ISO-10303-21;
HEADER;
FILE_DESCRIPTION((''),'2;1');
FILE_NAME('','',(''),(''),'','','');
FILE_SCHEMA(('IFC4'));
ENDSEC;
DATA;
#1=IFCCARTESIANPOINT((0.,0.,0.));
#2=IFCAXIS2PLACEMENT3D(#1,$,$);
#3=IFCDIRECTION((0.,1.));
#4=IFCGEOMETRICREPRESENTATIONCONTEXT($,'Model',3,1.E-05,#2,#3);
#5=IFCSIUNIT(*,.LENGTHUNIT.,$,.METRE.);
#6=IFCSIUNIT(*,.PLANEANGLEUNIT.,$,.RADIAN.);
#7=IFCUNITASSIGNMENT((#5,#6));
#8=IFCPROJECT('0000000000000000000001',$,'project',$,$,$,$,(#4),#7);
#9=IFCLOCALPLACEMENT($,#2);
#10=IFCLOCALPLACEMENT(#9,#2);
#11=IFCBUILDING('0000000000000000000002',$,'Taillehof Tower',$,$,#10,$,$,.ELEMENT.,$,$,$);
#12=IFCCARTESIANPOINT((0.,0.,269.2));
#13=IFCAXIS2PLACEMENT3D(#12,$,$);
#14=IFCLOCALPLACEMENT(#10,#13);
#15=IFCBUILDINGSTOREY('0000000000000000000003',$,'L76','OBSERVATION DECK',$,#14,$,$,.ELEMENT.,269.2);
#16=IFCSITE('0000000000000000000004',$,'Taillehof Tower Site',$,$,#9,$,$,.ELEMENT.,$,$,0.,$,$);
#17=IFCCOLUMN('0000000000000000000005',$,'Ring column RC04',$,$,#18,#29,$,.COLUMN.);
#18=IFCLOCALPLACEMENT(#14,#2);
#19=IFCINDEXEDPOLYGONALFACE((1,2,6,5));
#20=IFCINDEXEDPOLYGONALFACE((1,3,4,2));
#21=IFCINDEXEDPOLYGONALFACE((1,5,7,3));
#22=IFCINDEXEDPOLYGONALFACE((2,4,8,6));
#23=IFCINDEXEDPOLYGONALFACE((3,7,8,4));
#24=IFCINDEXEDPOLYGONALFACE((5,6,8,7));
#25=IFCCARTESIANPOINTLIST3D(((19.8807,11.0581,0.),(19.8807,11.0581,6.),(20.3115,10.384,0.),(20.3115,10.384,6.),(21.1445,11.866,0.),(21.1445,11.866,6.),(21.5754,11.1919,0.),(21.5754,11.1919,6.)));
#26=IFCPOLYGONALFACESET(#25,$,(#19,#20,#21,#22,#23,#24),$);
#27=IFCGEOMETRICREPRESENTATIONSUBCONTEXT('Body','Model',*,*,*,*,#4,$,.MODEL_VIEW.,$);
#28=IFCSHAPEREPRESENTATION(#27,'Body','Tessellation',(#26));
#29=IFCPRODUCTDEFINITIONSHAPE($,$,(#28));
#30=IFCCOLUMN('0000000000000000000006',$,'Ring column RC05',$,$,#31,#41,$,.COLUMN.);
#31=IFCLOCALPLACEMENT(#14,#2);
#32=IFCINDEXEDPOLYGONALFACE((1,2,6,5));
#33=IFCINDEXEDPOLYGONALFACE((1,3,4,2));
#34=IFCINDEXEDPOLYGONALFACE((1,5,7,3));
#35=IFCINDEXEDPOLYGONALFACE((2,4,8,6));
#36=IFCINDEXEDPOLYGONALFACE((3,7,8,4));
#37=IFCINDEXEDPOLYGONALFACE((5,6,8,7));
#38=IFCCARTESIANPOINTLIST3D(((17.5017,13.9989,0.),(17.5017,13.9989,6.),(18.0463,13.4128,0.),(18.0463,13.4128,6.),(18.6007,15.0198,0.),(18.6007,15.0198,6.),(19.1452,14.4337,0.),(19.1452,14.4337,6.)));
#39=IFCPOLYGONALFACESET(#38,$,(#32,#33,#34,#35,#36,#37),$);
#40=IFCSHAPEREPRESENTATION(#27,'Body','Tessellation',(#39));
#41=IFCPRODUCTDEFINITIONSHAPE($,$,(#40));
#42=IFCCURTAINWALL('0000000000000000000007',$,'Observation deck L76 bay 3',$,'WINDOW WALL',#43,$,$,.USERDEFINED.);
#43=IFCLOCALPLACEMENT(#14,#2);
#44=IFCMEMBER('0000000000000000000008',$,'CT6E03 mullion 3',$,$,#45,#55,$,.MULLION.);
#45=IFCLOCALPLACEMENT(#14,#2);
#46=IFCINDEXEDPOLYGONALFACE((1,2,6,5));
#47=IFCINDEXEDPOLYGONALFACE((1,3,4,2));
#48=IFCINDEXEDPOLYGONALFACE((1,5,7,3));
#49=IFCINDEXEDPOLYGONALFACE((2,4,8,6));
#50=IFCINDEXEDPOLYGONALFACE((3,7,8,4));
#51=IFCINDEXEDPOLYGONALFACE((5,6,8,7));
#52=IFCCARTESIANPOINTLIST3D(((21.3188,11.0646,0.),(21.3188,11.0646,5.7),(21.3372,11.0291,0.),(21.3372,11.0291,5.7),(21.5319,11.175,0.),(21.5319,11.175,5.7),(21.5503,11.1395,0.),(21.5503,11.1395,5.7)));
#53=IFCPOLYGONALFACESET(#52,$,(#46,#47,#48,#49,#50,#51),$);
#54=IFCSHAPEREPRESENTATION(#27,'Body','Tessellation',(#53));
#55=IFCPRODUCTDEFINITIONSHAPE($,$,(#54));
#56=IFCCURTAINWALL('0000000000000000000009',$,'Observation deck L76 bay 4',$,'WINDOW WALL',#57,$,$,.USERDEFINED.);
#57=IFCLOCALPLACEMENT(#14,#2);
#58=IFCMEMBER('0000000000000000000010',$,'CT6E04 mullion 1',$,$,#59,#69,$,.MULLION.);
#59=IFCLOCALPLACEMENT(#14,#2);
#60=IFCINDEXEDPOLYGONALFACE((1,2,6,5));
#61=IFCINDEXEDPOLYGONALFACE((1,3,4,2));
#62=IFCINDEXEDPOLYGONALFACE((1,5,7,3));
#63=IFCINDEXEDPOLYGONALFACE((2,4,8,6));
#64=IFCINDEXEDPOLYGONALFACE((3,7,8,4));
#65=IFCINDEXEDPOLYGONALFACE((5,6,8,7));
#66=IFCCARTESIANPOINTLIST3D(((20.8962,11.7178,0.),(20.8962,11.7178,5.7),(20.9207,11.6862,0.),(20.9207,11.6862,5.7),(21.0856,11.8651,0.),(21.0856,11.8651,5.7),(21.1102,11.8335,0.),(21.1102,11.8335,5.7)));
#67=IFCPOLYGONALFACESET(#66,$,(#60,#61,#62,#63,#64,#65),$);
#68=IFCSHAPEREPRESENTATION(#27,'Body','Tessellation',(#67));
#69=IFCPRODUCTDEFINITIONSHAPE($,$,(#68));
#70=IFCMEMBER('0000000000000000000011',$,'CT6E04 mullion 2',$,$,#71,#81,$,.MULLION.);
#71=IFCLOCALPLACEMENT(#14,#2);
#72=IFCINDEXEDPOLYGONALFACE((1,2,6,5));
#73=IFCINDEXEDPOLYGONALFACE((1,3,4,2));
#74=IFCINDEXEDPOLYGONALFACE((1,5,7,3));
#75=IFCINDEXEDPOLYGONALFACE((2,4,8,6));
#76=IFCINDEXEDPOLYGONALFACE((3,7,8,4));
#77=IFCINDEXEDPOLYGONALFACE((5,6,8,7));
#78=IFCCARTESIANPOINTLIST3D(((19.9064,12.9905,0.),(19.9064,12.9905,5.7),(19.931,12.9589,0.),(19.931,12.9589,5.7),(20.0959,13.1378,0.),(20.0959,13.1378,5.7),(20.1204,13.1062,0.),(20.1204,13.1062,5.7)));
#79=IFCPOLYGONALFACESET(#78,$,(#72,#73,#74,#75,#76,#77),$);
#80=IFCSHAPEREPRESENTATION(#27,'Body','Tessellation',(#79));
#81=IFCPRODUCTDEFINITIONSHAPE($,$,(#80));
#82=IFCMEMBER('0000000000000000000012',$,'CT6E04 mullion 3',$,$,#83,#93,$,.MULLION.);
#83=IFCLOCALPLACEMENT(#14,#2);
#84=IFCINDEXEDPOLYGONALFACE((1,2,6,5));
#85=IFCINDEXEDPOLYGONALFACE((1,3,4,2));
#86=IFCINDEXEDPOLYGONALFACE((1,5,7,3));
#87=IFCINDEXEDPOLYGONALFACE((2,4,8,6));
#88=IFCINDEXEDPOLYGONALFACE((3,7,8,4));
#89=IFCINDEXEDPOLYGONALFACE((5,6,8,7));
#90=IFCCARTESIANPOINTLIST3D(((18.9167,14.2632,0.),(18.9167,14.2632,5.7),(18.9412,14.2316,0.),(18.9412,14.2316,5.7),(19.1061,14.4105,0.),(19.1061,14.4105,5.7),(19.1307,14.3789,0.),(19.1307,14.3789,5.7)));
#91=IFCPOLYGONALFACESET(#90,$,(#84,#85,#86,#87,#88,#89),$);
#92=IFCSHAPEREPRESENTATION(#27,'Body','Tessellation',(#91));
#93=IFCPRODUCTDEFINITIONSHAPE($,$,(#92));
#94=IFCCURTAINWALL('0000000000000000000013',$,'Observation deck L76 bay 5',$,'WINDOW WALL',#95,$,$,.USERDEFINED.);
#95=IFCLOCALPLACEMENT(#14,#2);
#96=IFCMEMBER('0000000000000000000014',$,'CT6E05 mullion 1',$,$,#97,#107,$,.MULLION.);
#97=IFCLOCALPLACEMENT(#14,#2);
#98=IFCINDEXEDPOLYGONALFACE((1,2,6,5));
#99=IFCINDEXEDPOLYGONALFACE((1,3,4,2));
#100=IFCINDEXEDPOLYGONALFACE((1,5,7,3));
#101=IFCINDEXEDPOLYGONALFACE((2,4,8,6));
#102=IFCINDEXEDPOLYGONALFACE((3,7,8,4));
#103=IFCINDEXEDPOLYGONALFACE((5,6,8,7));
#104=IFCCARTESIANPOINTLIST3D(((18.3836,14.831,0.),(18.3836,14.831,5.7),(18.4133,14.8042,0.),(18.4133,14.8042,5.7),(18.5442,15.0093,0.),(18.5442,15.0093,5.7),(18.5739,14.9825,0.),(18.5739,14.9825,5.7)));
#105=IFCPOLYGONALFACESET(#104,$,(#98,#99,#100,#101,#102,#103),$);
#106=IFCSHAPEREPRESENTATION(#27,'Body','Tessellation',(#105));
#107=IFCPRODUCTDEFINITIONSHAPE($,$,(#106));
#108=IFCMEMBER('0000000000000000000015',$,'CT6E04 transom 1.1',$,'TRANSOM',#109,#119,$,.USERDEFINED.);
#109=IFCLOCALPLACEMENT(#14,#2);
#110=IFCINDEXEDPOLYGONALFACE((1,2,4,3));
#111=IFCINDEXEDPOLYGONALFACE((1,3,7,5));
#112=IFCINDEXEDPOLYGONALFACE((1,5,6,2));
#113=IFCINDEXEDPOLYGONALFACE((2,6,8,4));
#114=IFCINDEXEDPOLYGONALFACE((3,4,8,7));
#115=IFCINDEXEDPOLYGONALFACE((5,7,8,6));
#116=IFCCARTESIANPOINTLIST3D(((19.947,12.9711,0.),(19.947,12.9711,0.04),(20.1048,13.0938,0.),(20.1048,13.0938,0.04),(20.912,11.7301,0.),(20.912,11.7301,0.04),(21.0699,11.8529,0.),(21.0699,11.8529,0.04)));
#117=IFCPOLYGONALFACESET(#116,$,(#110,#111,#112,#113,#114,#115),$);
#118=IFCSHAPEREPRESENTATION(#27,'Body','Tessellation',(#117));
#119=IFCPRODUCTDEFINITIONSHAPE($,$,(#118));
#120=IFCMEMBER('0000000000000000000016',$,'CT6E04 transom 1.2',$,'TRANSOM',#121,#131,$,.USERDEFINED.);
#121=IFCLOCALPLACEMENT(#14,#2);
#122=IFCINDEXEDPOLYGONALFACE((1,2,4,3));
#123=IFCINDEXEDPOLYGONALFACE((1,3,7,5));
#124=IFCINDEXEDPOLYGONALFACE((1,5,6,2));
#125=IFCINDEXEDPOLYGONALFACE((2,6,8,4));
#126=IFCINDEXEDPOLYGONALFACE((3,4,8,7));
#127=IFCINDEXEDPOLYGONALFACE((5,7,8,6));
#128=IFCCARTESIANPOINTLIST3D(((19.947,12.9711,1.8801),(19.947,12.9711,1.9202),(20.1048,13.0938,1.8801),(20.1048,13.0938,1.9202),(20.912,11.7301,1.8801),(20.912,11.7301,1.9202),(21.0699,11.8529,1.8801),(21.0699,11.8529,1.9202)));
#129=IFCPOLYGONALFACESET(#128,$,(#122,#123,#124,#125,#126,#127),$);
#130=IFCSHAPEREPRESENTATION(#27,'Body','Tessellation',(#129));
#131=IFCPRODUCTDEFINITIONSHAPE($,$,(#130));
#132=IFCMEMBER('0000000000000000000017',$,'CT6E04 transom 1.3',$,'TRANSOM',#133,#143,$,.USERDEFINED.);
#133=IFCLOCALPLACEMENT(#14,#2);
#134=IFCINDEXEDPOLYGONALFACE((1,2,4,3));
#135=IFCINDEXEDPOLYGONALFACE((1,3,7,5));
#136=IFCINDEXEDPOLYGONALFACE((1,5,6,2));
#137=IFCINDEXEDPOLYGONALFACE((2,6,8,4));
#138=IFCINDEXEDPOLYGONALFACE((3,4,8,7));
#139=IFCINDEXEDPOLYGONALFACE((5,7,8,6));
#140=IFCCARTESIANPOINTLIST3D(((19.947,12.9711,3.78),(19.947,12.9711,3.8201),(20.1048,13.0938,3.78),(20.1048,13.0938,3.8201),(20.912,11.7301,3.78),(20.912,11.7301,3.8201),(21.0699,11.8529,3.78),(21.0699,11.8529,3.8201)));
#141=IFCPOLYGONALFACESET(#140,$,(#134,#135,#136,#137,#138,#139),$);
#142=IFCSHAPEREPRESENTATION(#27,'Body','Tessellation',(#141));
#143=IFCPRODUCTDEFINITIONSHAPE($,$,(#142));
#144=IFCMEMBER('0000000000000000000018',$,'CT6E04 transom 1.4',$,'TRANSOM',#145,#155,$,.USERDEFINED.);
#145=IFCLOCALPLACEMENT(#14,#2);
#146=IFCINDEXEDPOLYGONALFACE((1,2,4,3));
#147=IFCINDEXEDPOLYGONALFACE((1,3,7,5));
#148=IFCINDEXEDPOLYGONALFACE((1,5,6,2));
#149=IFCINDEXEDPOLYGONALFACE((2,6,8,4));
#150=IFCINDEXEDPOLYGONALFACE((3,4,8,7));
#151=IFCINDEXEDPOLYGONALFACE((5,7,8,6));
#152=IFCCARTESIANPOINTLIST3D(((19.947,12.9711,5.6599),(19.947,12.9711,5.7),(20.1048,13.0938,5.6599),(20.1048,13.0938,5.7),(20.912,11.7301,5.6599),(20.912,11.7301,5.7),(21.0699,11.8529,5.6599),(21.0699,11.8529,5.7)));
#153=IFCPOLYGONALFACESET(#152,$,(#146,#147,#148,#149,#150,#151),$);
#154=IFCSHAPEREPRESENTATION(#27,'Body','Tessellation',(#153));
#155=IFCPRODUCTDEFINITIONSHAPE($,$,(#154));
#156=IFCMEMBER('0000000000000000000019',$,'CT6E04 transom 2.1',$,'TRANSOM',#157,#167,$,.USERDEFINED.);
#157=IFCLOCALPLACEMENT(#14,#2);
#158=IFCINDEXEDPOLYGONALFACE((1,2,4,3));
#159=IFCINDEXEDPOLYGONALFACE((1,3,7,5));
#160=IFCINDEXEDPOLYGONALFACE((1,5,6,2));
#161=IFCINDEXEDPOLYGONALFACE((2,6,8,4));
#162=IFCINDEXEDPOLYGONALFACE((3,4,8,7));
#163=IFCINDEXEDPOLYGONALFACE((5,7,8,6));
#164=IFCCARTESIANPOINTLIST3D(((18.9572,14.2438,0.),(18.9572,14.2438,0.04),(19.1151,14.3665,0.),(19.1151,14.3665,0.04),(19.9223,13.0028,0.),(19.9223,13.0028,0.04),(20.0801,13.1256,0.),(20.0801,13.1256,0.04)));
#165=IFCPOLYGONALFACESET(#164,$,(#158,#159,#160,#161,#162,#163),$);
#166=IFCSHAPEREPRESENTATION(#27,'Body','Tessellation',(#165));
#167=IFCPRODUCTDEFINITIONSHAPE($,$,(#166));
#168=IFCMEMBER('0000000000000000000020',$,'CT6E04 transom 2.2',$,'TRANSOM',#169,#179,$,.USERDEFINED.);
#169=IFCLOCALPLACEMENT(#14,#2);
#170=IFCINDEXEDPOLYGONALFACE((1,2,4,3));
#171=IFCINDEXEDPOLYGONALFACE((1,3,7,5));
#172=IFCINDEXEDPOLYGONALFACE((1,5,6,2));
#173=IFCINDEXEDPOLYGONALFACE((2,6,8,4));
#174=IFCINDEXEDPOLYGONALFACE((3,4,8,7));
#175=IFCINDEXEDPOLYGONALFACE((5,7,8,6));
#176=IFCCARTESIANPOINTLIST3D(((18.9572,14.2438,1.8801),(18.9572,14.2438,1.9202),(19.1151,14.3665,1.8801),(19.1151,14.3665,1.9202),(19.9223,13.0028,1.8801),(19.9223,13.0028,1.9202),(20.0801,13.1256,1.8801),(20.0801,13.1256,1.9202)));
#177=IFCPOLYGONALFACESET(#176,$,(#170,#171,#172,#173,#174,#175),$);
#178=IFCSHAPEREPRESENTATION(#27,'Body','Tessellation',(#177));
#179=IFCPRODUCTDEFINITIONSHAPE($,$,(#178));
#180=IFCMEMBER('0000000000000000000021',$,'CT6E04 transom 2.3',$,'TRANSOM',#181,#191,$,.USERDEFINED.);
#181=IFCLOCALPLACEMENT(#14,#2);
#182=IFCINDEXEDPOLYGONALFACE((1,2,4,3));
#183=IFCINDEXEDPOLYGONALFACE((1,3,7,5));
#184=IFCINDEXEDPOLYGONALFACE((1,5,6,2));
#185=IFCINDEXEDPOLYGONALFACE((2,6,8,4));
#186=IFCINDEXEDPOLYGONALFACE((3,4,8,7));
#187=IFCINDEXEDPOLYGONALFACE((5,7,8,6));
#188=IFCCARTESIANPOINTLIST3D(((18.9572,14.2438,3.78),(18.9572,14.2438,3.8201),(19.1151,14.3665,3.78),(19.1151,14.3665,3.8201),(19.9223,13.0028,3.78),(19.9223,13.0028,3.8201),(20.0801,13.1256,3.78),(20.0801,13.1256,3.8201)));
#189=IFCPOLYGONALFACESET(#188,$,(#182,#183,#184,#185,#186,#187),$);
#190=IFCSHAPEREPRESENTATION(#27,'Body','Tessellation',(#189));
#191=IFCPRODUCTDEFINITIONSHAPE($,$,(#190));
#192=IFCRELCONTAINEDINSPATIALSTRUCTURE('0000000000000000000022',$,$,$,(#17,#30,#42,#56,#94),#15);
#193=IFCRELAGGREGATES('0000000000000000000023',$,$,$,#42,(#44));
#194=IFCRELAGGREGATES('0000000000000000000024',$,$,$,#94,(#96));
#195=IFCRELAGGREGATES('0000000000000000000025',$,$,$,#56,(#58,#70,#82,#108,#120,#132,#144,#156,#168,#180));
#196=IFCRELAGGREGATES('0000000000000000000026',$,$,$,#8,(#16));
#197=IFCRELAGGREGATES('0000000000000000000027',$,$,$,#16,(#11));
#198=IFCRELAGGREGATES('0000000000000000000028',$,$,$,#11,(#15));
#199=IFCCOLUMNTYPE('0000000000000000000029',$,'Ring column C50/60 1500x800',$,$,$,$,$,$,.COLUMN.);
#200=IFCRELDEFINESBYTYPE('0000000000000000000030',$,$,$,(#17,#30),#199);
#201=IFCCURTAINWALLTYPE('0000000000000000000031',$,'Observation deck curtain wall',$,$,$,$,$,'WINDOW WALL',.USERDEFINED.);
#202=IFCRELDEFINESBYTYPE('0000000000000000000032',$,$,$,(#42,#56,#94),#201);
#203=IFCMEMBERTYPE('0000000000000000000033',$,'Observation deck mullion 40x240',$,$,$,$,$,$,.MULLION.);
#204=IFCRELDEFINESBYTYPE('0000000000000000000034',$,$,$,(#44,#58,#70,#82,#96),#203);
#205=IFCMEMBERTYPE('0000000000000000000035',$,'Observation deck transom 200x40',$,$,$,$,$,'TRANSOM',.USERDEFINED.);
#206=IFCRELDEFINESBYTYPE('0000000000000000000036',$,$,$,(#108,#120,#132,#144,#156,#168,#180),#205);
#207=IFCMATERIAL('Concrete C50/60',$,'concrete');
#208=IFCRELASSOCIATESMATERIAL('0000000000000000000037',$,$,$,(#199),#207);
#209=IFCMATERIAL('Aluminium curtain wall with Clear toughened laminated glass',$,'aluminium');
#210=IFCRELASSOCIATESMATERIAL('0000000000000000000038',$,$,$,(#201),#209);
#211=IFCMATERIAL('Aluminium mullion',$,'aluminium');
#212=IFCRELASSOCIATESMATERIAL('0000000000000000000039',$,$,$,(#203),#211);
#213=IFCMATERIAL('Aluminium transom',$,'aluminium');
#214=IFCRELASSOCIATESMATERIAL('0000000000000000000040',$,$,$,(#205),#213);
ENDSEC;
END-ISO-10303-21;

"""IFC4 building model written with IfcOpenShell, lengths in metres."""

from ifc_helpers import new_model, si_unit, direction, frame, origin, origin_2d, place, context, subcontext, project, spatial, rectangle, extrude, material, material_profile, profile_set, type_object, element, aggregate, save


model = new_model("IFC4")

# Units and contexts
model_context = context("Model", 3, precision=1e-05, world=origin(), true_north=direction((0.0, 1.0)))
body_context = subcontext(model_context, "Body", "Model", "MODEL_VIEW")
ifc_project = project(units=[si_unit("LENGTHUNIT", "METRE"), si_unit("PLANEANGLEUNIT", "RADIAN")], contexts=[model_context])

# Site, building, storey
site_placement = place(None, origin())
site = spatial("IfcSite", under=ifc_project, at=site_placement, Name="Taillehof Tower Site", CompositionType="ELEMENT", RefElevation=0.0)
building_placement = place(site_placement, origin())
building = spatial("IfcBuilding", under=site, at=building_placement, Name="Taillehof Tower", CompositionType="ELEMENT")
storey_placement = place(building_placement, frame((0.0, 0.0, 269.2)))
storey = spatial("IfcBuildingStorey", under=building, at=storey_placement, Name="L76", Description="OBSERVATION DECK", CompositionType="ELEMENT", Elevation=269.2)

# Columns
ifc_material_1 = material(Name="Concrete C50/60", Category="concrete")
ifc_material_profile_1 = material_profile(ifc_material_1, rectangle(XDim=1.5, YDim=0.8, at=origin_2d()), Name="RC 1500x800")
ifc_profile_set_1 = profile_set([ifc_material_profile_1], Name="Concrete C50/60")
column_type = type_object("IfcColumnType", Name="Ring column C50/60 1500x800", PredefinedType="COLUMN", material=ifc_profile_set_1)
for number, where, z_axis, x_axis, name in (
    (1, (20.728, 11.125, 0.0), (0.0, 0.0, 1.0), (0.842574, 0.538581, 0.0), "Ring column RC04"),
    (2, (18.3235, 14.2163, 0.0), (0.0, 0.0, 1.0), (0.732636, 0.680621, 0.0), "Ring column RC05"),
):
    element("IfcColumn", number, at=place(storey_placement, frame(where, z_axis=z_axis, x_axis=x_axis)), inside=storey, type_object=column_type, Name=name, PredefinedType="COLUMN", context=body_context, shape_type="SweptSolid", body=[
        extrude(rectangle(XDim=1.5, YDim=0.8, at=origin_2d()), origin(), (0.0, 0.0, 1.0), 6.0),
    ])

# Curtain wall, member
ifc_material_2 = material(Name="Aluminium curtain wall with Clear toughened laminated glass", Category="aluminium")
curtain_wall_type = type_object("IfcCurtainWallType", Name="Observation deck curtain wall", ElementType="WINDOW WALL", PredefinedType="USERDEFINED", material=ifc_material_2)
curtain_wall_1_placement = place(storey_placement, origin())
curtain_wall_1 = element("IfcCurtainWall", 3, at=curtain_wall_1_placement, inside=storey, type_object=curtain_wall_type, Name="Observation deck L76 bay 3", ObjectType="WINDOW WALL", PredefinedType="USERDEFINED")
ifc_material_3 = material(Name="Aluminium mullion", Category="aluminium")
ifc_material_profile_2 = material_profile(ifc_material_3, rectangle(XDim=0.24, YDim=0.04, at=origin_2d()), Name="AL 40x240")
ifc_profile_set_2 = profile_set([ifc_material_profile_2], Name="Aluminium mullion")
member_type_1 = type_object("IfcMemberType", Name="Observation deck mullion 40x240", PredefinedType="MULLION", material=ifc_profile_set_2)
member_1_placement = place(storey_placement, frame((21.4346, 11.1021, 0.0), z_axis=(0.0, 0.0, 1.0), x_axis=(-0.887975, -0.459891, 0.0)))
member_1 = element("IfcMember", 4, at=member_1_placement, type_object=member_type_1, Name="CT6E03 mullion 3", PredefinedType="MULLION", context=body_context, shape_type="SweptSolid", body=[
    extrude(rectangle(XDim=0.24, YDim=0.04, at=origin_2d()), origin(), (0.0, 0.0, 1.0), 5.7),
])
aggregate(curtain_wall_1, [member_1])

# Curtain wall, members
curtain_wall_2_placement = place(storey_placement, origin())
curtain_wall_2 = element("IfcCurtainWall", 5, at=curtain_wall_2_placement, inside=storey, type_object=curtain_wall_type, Name="Observation deck L76 bay 4", ObjectType="WINDOW WALL", PredefinedType="USERDEFINED")
member_2_placement = place(storey_placement, frame((21.0032, 11.7756, 0.0), z_axis=(0.0, 0.0, 1.0), x_axis=(-0.789382, -0.613903, 0.0)))
member_2 = element("IfcMember", 6, at=member_2_placement, type_object=member_type_1, Name="CT6E04 mullion 1", PredefinedType="MULLION", context=body_context, shape_type="SweptSolid", body=[
    extrude(rectangle(XDim=0.24, YDim=0.04, at=origin_2d()), origin(), (0.0, 0.0, 1.0), 5.7),
])
member_3_placement = place(storey_placement, frame((20.0134, 13.0483, 0.0), z_axis=(0.0, 0.0, 1.0), x_axis=(-0.789382, -0.613903, 0.0)))
member_3 = element("IfcMember", 7, at=member_3_placement, type_object=member_type_1, Name="CT6E04 mullion 2", PredefinedType="MULLION", context=body_context, shape_type="SweptSolid", body=[
    extrude(rectangle(XDim=0.24, YDim=0.04, at=origin_2d()), origin(), (0.0, 0.0, 1.0), 5.7),
])
member_4_placement = place(storey_placement, frame((19.0237, 14.321, 0.0), z_axis=(0.0, 0.0, 1.0), x_axis=(-0.789382, -0.613903, 0.0)))
member_4 = element("IfcMember", 8, at=member_4_placement, type_object=member_type_1, Name="CT6E04 mullion 3", PredefinedType="MULLION", context=body_context, shape_type="SweptSolid", body=[
    extrude(rectangle(XDim=0.24, YDim=0.04, at=origin_2d()), origin(), (0.0, 0.0, 1.0), 5.7),
])

# Curtain wall, member
curtain_wall_3_placement = place(storey_placement, origin())
curtain_wall_3 = element("IfcCurtainWall", 9, at=curtain_wall_3_placement, inside=storey, type_object=curtain_wall_type, Name="Observation deck L76 bay 5", ObjectType="WINDOW WALL", PredefinedType="USERDEFINED")
member_5_placement = place(storey_placement, frame((18.4788, 14.9067, 0.0), z_axis=(0.0, 0.0, 1.0), x_axis=(-0.669107, -0.743166, 0.0)))
member_5 = element("IfcMember", 10, at=member_5_placement, type_object=member_type_1, Name="CT6E05 mullion 1", PredefinedType="MULLION", context=body_context, shape_type="SweptSolid", body=[
    extrude(rectangle(XDim=0.24, YDim=0.04, at=origin_2d()), origin(), (0.0, 0.0, 1.0), 5.7),
])

# Members
ifc_material_4 = material(Name="Aluminium transom", Category="aluminium")
ifc_material_profile_3 = material_profile(ifc_material_4, rectangle(XDim=0.2, YDim=0.04, at=origin_2d()), Name="AL 200x40")
ifc_profile_set_3 = profile_set([ifc_material_profile_3], Name="Aluminium transom")
member_type_2 = type_object("IfcMemberType", Name="Observation deck transom 200x40", ElementType="TRANSOM", PredefinedType="USERDEFINED", material=ifc_profile_set_3)
member_6_placement = place(storey_placement, frame((20.991, 11.7915, 0.02), z_axis=(-0.613898, 0.789386, 0.0), x_axis=(-0.789386, -0.613898, 0.0)))
member_6 = element("IfcMember", 11, at=member_6_placement, type_object=member_type_2, Name="CT6E04 transom 1.1", ObjectType="TRANSOM", PredefinedType="USERDEFINED", context=body_context, shape_type="SweptSolid", body=[
    extrude(rectangle(XDim=0.2, YDim=0.04, at=origin_2d()), origin(), (0.0, 0.0, 1.0), 1.572),
])
member_7_placement = place(storey_placement, frame((20.991, 11.7915, 1.9001), z_axis=(-0.613898, 0.789386, 0.0), x_axis=(-0.789386, -0.613898, 0.0)))
member_7 = element("IfcMember", 12, at=member_7_placement, type_object=member_type_2, Name="CT6E04 transom 1.2", ObjectType="TRANSOM", PredefinedType="USERDEFINED", context=body_context, shape_type="SweptSolid", body=[
    extrude(rectangle(XDim=0.2, YDim=0.04, at=origin_2d()), origin(), (0.0, 0.0, 1.0), 1.572),
])
member_8_placement = place(storey_placement, frame((20.991, 11.7915, 3.8), z_axis=(-0.613898, 0.789386, 0.0), x_axis=(-0.789386, -0.613898, 0.0)))
member_8 = element("IfcMember", 13, at=member_8_placement, type_object=member_type_2, Name="CT6E04 transom 1.3", ObjectType="TRANSOM", PredefinedType="USERDEFINED", context=body_context, shape_type="SweptSolid", body=[
    extrude(rectangle(XDim=0.2, YDim=0.04, at=origin_2d()), origin(), (0.0, 0.0, 1.0), 1.572),
])
member_9_placement = place(storey_placement, frame((20.991, 11.7915, 5.6799), z_axis=(-0.613898, 0.789386, 0.0), x_axis=(-0.789386, -0.613898, 0.0)))
member_9 = element("IfcMember", 14, at=member_9_placement, type_object=member_type_2, Name="CT6E04 transom 1.4", ObjectType="TRANSOM", PredefinedType="USERDEFINED", context=body_context, shape_type="SweptSolid", body=[
    extrude(rectangle(XDim=0.2, YDim=0.04, at=origin_2d()), origin(), (0.0, 0.0, 1.0), 1.572),
])
member_10_placement = place(storey_placement, frame((20.0012, 13.0642, 0.02), z_axis=(-0.613898, 0.789386, 0.0), x_axis=(-0.789386, -0.613898, 0.0)))
member_10 = element("IfcMember", 15, at=member_10_placement, type_object=member_type_2, Name="CT6E04 transom 2.1", ObjectType="TRANSOM", PredefinedType="USERDEFINED", context=body_context, shape_type="SweptSolid", body=[
    extrude(rectangle(XDim=0.2, YDim=0.04, at=origin_2d()), origin(), (0.0, 0.0, 1.0), 1.572),
])
member_11_placement = place(storey_placement, frame((20.0012, 13.0642, 1.9001), z_axis=(-0.613898, 0.789386, 0.0), x_axis=(-0.789386, -0.613898, 0.0)))
member_11 = element("IfcMember", 16, at=member_11_placement, type_object=member_type_2, Name="CT6E04 transom 2.2", ObjectType="TRANSOM", PredefinedType="USERDEFINED", context=body_context, shape_type="SweptSolid", body=[
    extrude(rectangle(XDim=0.2, YDim=0.04, at=origin_2d()), origin(), (0.0, 0.0, 1.0), 1.572),
])
member_12_placement = place(storey_placement, frame((20.0012, 13.0642, 3.8), z_axis=(-0.613898, 0.789386, 0.0), x_axis=(-0.789386, -0.613898, 0.0)))
member_12 = element("IfcMember", 17, at=member_12_placement, type_object=member_type_2, Name="CT6E04 transom 2.3", ObjectType="TRANSOM", PredefinedType="USERDEFINED", context=body_context, shape_type="SweptSolid", body=[
    extrude(rectangle(XDim=0.2, YDim=0.04, at=origin_2d()), origin(), (0.0, 0.0, 1.0), 1.572),
])
aggregate(curtain_wall_3, [member_5])

aggregate(curtain_wall_2, [member_2, member_3, member_4, member_6, member_7, member_8, member_9, member_10, member_11, member_12])

save(model, "model.ifc")
